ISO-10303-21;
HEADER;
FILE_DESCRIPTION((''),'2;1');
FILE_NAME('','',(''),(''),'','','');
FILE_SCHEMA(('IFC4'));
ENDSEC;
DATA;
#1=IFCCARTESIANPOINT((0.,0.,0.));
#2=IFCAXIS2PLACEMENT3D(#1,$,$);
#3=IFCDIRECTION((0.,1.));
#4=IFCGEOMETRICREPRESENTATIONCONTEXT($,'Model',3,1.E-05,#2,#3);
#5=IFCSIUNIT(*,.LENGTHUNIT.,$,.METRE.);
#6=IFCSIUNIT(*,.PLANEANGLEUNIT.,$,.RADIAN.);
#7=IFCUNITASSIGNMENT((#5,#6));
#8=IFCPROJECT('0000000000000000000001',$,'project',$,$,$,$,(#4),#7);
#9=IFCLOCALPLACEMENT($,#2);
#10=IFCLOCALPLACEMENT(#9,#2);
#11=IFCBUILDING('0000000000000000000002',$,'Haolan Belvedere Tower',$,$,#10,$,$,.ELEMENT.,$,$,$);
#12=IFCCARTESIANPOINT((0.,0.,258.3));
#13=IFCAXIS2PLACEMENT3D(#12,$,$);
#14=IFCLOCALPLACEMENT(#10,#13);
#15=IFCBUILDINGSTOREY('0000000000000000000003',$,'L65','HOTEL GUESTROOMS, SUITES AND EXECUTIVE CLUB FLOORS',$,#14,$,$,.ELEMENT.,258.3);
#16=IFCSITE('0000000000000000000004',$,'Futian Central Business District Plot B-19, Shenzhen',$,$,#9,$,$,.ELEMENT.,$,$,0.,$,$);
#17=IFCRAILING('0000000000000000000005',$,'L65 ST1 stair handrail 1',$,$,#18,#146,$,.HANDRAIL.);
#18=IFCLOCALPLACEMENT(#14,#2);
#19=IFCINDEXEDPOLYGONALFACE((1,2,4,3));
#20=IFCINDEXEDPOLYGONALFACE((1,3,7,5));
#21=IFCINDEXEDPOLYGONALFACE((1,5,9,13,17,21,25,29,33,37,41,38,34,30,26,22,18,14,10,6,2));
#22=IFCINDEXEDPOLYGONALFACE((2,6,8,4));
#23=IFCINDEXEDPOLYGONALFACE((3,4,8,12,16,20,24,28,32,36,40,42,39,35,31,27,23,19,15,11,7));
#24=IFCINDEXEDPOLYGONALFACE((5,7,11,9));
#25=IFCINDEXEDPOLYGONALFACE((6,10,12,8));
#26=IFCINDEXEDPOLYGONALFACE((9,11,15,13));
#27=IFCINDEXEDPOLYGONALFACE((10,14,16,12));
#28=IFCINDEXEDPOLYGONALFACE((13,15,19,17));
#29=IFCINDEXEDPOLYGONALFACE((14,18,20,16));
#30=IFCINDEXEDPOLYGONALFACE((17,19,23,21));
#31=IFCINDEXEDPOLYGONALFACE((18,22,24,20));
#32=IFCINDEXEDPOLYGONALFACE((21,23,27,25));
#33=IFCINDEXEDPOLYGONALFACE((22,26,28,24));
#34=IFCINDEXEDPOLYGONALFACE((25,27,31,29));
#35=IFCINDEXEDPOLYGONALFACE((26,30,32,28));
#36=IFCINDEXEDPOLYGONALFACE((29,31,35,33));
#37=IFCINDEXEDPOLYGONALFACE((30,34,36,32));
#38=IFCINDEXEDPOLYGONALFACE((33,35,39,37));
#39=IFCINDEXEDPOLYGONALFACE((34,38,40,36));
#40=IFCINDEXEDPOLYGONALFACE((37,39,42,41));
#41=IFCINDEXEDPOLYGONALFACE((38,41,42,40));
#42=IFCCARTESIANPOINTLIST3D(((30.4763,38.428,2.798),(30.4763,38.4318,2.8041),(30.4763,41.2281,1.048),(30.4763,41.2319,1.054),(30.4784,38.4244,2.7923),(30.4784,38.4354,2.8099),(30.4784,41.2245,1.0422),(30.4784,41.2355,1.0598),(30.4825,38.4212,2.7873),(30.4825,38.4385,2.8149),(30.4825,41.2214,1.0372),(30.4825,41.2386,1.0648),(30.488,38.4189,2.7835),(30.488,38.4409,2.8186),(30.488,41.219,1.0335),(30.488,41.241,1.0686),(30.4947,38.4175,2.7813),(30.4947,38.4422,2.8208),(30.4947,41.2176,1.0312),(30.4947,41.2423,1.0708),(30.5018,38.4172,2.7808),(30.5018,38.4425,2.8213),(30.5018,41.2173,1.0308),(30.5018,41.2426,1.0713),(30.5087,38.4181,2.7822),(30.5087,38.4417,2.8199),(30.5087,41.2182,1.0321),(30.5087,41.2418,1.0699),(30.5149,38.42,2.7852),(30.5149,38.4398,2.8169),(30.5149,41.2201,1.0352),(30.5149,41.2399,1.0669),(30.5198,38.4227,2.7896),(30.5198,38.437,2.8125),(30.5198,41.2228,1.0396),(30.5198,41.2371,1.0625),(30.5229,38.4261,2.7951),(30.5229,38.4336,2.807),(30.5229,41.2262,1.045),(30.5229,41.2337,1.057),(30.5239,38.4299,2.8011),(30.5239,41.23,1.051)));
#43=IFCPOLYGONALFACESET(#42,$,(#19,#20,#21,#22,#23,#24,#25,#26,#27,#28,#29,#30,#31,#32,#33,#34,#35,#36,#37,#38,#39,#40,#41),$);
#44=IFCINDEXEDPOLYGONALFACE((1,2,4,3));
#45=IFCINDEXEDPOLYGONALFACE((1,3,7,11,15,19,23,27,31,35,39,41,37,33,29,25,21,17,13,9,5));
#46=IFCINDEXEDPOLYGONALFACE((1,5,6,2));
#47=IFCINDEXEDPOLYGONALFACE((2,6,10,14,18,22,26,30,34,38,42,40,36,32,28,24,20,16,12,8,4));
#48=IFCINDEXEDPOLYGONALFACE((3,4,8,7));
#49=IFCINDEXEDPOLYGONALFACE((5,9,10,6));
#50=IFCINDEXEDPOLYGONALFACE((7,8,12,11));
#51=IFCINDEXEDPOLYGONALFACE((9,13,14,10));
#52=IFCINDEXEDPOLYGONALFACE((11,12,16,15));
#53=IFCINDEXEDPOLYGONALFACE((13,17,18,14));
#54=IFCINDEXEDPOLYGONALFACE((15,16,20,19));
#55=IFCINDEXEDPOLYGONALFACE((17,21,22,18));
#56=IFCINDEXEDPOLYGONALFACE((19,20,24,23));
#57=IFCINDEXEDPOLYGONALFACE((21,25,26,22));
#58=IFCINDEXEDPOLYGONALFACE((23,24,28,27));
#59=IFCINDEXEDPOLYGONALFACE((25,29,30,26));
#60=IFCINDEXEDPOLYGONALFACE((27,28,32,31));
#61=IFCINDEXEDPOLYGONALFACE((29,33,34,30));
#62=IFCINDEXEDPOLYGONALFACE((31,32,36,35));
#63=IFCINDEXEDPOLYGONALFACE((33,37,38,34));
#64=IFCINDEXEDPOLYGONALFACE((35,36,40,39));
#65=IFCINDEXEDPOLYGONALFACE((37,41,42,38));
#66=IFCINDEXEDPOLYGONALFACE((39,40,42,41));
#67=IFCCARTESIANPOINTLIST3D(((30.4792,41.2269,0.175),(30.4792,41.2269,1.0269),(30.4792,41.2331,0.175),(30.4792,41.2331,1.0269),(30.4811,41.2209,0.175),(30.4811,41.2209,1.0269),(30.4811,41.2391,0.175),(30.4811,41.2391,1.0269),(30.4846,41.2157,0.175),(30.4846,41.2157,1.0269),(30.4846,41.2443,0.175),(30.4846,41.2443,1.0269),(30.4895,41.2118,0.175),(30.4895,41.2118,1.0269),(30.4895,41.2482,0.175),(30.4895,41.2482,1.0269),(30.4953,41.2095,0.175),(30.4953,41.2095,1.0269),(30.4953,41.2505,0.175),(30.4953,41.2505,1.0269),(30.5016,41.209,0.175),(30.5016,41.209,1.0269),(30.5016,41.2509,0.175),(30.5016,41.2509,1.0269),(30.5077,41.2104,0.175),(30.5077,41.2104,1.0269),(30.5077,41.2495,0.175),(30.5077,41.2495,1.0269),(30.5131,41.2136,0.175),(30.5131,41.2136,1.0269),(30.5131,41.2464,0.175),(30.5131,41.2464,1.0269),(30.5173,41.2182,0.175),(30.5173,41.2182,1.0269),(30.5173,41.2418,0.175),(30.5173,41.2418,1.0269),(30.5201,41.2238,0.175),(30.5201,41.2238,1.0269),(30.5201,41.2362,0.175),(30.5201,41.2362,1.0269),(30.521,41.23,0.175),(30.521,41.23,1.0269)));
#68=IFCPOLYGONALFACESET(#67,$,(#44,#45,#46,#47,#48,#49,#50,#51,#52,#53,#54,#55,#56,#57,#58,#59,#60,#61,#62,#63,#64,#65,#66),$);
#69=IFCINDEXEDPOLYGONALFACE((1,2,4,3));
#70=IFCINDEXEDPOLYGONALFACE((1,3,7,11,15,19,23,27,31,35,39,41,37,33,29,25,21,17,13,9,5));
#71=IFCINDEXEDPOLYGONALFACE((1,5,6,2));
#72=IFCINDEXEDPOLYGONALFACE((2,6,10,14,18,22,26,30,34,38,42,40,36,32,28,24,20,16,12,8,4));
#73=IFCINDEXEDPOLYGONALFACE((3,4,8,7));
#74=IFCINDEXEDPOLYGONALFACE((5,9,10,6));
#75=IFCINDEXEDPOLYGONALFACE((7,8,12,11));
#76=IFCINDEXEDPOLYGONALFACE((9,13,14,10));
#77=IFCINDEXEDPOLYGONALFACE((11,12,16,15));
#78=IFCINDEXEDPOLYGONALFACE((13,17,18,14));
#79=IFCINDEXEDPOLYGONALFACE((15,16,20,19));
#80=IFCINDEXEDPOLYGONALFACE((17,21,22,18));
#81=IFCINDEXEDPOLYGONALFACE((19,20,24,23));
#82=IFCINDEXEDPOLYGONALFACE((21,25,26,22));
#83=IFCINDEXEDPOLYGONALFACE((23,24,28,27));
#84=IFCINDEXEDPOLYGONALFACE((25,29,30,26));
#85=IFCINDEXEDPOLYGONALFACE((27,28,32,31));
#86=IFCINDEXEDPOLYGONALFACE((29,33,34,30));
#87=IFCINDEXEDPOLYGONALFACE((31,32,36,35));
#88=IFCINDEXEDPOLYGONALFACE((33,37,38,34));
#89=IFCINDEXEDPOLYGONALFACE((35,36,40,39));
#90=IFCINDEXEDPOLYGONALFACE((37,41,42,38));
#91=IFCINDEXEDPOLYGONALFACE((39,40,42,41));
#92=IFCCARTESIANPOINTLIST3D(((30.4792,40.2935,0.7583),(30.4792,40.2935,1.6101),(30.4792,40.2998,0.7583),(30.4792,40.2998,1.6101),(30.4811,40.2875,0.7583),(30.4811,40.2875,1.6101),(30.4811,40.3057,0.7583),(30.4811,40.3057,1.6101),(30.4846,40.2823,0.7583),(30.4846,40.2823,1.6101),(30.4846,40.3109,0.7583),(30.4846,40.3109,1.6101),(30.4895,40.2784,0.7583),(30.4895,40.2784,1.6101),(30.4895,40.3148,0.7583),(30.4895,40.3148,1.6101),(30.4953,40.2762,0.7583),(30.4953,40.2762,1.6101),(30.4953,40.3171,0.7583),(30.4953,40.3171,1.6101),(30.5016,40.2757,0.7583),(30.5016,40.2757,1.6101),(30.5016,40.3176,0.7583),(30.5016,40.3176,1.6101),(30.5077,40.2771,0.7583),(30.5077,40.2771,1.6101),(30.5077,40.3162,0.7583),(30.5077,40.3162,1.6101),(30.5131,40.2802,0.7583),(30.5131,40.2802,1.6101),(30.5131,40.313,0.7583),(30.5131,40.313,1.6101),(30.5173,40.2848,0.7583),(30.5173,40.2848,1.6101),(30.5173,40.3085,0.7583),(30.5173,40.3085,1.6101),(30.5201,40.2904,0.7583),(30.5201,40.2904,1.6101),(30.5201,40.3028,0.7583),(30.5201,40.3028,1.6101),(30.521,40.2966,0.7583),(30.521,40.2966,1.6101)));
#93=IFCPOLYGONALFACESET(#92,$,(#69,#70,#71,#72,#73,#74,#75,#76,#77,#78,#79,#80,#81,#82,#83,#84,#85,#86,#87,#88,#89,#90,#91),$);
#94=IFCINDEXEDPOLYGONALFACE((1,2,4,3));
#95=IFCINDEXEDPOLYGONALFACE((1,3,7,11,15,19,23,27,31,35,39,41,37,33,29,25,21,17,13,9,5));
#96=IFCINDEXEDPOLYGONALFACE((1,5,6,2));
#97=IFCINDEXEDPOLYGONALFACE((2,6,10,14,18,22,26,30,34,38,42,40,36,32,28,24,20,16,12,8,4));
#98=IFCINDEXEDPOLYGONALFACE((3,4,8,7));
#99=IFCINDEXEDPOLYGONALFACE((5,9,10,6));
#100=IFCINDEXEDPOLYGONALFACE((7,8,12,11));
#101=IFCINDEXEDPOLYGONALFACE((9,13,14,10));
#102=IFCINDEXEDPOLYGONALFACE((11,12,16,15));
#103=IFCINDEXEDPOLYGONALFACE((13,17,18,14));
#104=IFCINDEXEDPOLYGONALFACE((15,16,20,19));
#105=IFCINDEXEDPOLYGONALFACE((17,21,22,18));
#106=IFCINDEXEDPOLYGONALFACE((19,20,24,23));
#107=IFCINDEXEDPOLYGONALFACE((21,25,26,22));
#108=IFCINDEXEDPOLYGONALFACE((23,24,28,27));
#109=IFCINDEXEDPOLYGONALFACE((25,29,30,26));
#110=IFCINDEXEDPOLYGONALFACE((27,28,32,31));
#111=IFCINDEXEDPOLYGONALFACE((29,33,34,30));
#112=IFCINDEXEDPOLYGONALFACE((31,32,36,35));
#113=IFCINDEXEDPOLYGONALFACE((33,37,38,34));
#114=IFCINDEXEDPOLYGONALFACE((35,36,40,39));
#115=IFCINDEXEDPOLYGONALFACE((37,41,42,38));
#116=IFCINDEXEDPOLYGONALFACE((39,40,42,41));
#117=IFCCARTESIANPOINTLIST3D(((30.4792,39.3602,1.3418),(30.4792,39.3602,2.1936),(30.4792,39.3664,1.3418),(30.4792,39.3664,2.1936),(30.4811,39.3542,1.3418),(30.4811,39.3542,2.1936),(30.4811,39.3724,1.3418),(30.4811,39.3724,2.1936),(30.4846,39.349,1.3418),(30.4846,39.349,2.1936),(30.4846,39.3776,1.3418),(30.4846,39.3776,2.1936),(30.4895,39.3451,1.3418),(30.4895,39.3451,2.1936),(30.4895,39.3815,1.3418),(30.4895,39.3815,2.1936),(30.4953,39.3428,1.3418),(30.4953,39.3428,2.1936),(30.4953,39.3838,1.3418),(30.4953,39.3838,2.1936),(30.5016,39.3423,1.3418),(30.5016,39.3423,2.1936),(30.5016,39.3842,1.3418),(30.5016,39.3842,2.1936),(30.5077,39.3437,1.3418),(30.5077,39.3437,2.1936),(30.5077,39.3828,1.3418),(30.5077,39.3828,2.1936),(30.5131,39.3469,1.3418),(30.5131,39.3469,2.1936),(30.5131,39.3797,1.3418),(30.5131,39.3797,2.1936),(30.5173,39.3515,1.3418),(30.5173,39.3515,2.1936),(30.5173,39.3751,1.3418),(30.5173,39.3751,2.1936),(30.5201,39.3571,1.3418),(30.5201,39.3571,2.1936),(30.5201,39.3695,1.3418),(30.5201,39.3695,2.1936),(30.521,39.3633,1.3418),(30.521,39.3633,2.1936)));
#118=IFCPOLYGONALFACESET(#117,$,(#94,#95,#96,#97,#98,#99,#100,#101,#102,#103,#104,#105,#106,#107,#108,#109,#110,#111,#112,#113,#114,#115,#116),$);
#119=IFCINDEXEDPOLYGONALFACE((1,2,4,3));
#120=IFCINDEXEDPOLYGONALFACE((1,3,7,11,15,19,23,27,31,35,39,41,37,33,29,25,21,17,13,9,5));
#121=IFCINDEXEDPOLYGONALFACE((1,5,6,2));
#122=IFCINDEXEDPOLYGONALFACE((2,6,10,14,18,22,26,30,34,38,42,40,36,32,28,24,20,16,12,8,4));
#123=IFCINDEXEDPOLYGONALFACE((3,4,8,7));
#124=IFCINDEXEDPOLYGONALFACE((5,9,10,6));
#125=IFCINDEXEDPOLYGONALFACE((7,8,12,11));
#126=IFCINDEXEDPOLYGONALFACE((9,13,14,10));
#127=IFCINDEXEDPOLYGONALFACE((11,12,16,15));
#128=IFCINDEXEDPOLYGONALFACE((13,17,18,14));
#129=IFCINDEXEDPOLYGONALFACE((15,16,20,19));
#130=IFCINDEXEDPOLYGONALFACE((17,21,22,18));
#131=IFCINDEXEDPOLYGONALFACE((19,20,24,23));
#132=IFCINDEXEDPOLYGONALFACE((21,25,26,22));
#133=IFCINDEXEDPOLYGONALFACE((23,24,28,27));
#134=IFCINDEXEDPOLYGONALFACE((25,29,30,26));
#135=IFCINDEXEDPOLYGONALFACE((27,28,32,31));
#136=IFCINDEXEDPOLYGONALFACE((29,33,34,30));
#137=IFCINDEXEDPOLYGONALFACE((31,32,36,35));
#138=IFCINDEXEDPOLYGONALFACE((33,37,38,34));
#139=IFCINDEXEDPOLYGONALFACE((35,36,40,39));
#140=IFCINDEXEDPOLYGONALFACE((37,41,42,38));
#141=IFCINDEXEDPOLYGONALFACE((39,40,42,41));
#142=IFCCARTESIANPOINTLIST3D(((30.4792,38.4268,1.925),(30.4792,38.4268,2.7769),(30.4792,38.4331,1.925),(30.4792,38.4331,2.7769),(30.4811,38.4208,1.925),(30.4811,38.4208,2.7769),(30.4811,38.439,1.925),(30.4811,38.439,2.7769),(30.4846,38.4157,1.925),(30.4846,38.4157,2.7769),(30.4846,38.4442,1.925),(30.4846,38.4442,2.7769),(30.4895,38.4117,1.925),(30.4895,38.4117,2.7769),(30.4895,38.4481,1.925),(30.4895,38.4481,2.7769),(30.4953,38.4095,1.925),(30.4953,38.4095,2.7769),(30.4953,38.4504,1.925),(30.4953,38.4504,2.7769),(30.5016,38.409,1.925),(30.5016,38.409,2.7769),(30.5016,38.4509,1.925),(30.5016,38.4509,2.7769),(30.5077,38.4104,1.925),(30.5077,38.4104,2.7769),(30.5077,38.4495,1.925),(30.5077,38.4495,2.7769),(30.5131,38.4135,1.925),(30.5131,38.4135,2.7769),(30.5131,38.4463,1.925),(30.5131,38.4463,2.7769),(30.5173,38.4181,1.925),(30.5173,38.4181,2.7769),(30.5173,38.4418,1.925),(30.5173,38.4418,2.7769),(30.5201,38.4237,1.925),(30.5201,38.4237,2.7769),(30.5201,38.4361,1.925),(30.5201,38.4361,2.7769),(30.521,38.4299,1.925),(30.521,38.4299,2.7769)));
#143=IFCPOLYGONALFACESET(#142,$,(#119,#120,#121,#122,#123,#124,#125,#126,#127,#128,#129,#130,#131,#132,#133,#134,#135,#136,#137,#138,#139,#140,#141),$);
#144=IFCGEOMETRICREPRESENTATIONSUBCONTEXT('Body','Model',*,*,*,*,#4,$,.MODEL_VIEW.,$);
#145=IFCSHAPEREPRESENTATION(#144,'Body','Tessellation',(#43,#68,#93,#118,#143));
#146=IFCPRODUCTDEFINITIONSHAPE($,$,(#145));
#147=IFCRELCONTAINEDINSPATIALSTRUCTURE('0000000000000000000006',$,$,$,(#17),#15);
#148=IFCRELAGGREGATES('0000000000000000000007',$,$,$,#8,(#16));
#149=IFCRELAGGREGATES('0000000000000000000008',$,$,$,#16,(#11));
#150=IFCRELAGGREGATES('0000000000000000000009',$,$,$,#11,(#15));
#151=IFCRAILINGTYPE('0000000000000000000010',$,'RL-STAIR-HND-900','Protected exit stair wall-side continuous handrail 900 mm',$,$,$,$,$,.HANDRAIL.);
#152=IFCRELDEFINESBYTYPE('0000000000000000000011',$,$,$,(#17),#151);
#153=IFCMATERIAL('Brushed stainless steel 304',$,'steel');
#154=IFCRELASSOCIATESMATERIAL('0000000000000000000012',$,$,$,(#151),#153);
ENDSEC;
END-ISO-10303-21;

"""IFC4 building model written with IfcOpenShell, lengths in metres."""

from ifc_helpers import new_model, si_unit, direction, frame, origin, origin_2d, place, context, subcontext, project, spatial, circle, extrude, material, type_object, element, save


model = new_model("IFC4")

# Units and contexts
model_context = context("Model", 3, precision=1e-05, world=origin(), true_north=direction((0.0, 1.0)))
body_context = subcontext(model_context, "Body", "Model", "MODEL_VIEW")
ifc_project = project(units=[si_unit("LENGTHUNIT", "METRE"), si_unit("PLANEANGLEUNIT", "RADIAN")], contexts=[model_context])

# Site, building, storey
site_placement = place(None, origin())
site = spatial("IfcSite", under=ifc_project, at=site_placement, Name="Futian Central Business District Plot B-19, Shenzhen", CompositionType="ELEMENT", RefElevation=0.0)
building_placement = place(site_placement, origin())
building = spatial("IfcBuilding", under=site, at=building_placement, Name="Haolan Belvedere Tower", CompositionType="ELEMENT")
storey_placement = place(building_placement, frame((0.0, 0.0, 258.3)))
storey = spatial("IfcBuildingStorey", under=building, at=storey_placement, Name="L65", Description="HOTEL GUESTROOMS, SUITES AND EXECUTIVE CLUB FLOORS", CompositionType="ELEMENT", Elevation=258.3)

# Railing
ifc_material_1 = material(Name="Brushed stainless steel 304", Category="steel")
railing_type_1 = type_object("IfcRailingType", Name="RL-STAIR-HND-900", Description="Protected exit stair wall-side continuous handrail 900 mm", PredefinedType="HANDRAIL", material=ifc_material_1)
railing_1_placement = place(storey_placement, frame((30.5, 41.23, 0.175)))
element("IfcRailing", 1, at=railing_1_placement, inside=storey, type_object=railing_type_1, Name="L65 ST1 stair handrail 1", PredefinedType="HANDRAIL", context=body_context, shape_type="SweptSolid", body=[
    extrude(circle(Radius=0.0239, at=origin_2d()), frame((0.0, 0.0, 0.876), z_axis=(0.0, -0.848002, 0.529992), x_axis=(1.0, 0.0, 0.0)), (0.0, 0.0, 1.0), 3.302),
    extrude(circle(Radius=0.021, at=origin_2d()), origin(), (0.0, 0.0, 1.0), 0.8518),
    extrude(circle(Radius=0.021, at=origin_2d()), frame((0.0, -0.9333, 0.5833)), (0.0, 0.0, 1.0), 0.8518),
    extrude(circle(Radius=0.021, at=origin_2d()), frame((0.0, -1.8667, 1.1667)), (0.0, 0.0, 1.0), 0.8518),
    extrude(circle(Radius=0.021, at=origin_2d()), frame((0.0, -2.8, 1.75)), (0.0, 0.0, 1.0), 0.8518),
])

save(model, "model.ifc")
